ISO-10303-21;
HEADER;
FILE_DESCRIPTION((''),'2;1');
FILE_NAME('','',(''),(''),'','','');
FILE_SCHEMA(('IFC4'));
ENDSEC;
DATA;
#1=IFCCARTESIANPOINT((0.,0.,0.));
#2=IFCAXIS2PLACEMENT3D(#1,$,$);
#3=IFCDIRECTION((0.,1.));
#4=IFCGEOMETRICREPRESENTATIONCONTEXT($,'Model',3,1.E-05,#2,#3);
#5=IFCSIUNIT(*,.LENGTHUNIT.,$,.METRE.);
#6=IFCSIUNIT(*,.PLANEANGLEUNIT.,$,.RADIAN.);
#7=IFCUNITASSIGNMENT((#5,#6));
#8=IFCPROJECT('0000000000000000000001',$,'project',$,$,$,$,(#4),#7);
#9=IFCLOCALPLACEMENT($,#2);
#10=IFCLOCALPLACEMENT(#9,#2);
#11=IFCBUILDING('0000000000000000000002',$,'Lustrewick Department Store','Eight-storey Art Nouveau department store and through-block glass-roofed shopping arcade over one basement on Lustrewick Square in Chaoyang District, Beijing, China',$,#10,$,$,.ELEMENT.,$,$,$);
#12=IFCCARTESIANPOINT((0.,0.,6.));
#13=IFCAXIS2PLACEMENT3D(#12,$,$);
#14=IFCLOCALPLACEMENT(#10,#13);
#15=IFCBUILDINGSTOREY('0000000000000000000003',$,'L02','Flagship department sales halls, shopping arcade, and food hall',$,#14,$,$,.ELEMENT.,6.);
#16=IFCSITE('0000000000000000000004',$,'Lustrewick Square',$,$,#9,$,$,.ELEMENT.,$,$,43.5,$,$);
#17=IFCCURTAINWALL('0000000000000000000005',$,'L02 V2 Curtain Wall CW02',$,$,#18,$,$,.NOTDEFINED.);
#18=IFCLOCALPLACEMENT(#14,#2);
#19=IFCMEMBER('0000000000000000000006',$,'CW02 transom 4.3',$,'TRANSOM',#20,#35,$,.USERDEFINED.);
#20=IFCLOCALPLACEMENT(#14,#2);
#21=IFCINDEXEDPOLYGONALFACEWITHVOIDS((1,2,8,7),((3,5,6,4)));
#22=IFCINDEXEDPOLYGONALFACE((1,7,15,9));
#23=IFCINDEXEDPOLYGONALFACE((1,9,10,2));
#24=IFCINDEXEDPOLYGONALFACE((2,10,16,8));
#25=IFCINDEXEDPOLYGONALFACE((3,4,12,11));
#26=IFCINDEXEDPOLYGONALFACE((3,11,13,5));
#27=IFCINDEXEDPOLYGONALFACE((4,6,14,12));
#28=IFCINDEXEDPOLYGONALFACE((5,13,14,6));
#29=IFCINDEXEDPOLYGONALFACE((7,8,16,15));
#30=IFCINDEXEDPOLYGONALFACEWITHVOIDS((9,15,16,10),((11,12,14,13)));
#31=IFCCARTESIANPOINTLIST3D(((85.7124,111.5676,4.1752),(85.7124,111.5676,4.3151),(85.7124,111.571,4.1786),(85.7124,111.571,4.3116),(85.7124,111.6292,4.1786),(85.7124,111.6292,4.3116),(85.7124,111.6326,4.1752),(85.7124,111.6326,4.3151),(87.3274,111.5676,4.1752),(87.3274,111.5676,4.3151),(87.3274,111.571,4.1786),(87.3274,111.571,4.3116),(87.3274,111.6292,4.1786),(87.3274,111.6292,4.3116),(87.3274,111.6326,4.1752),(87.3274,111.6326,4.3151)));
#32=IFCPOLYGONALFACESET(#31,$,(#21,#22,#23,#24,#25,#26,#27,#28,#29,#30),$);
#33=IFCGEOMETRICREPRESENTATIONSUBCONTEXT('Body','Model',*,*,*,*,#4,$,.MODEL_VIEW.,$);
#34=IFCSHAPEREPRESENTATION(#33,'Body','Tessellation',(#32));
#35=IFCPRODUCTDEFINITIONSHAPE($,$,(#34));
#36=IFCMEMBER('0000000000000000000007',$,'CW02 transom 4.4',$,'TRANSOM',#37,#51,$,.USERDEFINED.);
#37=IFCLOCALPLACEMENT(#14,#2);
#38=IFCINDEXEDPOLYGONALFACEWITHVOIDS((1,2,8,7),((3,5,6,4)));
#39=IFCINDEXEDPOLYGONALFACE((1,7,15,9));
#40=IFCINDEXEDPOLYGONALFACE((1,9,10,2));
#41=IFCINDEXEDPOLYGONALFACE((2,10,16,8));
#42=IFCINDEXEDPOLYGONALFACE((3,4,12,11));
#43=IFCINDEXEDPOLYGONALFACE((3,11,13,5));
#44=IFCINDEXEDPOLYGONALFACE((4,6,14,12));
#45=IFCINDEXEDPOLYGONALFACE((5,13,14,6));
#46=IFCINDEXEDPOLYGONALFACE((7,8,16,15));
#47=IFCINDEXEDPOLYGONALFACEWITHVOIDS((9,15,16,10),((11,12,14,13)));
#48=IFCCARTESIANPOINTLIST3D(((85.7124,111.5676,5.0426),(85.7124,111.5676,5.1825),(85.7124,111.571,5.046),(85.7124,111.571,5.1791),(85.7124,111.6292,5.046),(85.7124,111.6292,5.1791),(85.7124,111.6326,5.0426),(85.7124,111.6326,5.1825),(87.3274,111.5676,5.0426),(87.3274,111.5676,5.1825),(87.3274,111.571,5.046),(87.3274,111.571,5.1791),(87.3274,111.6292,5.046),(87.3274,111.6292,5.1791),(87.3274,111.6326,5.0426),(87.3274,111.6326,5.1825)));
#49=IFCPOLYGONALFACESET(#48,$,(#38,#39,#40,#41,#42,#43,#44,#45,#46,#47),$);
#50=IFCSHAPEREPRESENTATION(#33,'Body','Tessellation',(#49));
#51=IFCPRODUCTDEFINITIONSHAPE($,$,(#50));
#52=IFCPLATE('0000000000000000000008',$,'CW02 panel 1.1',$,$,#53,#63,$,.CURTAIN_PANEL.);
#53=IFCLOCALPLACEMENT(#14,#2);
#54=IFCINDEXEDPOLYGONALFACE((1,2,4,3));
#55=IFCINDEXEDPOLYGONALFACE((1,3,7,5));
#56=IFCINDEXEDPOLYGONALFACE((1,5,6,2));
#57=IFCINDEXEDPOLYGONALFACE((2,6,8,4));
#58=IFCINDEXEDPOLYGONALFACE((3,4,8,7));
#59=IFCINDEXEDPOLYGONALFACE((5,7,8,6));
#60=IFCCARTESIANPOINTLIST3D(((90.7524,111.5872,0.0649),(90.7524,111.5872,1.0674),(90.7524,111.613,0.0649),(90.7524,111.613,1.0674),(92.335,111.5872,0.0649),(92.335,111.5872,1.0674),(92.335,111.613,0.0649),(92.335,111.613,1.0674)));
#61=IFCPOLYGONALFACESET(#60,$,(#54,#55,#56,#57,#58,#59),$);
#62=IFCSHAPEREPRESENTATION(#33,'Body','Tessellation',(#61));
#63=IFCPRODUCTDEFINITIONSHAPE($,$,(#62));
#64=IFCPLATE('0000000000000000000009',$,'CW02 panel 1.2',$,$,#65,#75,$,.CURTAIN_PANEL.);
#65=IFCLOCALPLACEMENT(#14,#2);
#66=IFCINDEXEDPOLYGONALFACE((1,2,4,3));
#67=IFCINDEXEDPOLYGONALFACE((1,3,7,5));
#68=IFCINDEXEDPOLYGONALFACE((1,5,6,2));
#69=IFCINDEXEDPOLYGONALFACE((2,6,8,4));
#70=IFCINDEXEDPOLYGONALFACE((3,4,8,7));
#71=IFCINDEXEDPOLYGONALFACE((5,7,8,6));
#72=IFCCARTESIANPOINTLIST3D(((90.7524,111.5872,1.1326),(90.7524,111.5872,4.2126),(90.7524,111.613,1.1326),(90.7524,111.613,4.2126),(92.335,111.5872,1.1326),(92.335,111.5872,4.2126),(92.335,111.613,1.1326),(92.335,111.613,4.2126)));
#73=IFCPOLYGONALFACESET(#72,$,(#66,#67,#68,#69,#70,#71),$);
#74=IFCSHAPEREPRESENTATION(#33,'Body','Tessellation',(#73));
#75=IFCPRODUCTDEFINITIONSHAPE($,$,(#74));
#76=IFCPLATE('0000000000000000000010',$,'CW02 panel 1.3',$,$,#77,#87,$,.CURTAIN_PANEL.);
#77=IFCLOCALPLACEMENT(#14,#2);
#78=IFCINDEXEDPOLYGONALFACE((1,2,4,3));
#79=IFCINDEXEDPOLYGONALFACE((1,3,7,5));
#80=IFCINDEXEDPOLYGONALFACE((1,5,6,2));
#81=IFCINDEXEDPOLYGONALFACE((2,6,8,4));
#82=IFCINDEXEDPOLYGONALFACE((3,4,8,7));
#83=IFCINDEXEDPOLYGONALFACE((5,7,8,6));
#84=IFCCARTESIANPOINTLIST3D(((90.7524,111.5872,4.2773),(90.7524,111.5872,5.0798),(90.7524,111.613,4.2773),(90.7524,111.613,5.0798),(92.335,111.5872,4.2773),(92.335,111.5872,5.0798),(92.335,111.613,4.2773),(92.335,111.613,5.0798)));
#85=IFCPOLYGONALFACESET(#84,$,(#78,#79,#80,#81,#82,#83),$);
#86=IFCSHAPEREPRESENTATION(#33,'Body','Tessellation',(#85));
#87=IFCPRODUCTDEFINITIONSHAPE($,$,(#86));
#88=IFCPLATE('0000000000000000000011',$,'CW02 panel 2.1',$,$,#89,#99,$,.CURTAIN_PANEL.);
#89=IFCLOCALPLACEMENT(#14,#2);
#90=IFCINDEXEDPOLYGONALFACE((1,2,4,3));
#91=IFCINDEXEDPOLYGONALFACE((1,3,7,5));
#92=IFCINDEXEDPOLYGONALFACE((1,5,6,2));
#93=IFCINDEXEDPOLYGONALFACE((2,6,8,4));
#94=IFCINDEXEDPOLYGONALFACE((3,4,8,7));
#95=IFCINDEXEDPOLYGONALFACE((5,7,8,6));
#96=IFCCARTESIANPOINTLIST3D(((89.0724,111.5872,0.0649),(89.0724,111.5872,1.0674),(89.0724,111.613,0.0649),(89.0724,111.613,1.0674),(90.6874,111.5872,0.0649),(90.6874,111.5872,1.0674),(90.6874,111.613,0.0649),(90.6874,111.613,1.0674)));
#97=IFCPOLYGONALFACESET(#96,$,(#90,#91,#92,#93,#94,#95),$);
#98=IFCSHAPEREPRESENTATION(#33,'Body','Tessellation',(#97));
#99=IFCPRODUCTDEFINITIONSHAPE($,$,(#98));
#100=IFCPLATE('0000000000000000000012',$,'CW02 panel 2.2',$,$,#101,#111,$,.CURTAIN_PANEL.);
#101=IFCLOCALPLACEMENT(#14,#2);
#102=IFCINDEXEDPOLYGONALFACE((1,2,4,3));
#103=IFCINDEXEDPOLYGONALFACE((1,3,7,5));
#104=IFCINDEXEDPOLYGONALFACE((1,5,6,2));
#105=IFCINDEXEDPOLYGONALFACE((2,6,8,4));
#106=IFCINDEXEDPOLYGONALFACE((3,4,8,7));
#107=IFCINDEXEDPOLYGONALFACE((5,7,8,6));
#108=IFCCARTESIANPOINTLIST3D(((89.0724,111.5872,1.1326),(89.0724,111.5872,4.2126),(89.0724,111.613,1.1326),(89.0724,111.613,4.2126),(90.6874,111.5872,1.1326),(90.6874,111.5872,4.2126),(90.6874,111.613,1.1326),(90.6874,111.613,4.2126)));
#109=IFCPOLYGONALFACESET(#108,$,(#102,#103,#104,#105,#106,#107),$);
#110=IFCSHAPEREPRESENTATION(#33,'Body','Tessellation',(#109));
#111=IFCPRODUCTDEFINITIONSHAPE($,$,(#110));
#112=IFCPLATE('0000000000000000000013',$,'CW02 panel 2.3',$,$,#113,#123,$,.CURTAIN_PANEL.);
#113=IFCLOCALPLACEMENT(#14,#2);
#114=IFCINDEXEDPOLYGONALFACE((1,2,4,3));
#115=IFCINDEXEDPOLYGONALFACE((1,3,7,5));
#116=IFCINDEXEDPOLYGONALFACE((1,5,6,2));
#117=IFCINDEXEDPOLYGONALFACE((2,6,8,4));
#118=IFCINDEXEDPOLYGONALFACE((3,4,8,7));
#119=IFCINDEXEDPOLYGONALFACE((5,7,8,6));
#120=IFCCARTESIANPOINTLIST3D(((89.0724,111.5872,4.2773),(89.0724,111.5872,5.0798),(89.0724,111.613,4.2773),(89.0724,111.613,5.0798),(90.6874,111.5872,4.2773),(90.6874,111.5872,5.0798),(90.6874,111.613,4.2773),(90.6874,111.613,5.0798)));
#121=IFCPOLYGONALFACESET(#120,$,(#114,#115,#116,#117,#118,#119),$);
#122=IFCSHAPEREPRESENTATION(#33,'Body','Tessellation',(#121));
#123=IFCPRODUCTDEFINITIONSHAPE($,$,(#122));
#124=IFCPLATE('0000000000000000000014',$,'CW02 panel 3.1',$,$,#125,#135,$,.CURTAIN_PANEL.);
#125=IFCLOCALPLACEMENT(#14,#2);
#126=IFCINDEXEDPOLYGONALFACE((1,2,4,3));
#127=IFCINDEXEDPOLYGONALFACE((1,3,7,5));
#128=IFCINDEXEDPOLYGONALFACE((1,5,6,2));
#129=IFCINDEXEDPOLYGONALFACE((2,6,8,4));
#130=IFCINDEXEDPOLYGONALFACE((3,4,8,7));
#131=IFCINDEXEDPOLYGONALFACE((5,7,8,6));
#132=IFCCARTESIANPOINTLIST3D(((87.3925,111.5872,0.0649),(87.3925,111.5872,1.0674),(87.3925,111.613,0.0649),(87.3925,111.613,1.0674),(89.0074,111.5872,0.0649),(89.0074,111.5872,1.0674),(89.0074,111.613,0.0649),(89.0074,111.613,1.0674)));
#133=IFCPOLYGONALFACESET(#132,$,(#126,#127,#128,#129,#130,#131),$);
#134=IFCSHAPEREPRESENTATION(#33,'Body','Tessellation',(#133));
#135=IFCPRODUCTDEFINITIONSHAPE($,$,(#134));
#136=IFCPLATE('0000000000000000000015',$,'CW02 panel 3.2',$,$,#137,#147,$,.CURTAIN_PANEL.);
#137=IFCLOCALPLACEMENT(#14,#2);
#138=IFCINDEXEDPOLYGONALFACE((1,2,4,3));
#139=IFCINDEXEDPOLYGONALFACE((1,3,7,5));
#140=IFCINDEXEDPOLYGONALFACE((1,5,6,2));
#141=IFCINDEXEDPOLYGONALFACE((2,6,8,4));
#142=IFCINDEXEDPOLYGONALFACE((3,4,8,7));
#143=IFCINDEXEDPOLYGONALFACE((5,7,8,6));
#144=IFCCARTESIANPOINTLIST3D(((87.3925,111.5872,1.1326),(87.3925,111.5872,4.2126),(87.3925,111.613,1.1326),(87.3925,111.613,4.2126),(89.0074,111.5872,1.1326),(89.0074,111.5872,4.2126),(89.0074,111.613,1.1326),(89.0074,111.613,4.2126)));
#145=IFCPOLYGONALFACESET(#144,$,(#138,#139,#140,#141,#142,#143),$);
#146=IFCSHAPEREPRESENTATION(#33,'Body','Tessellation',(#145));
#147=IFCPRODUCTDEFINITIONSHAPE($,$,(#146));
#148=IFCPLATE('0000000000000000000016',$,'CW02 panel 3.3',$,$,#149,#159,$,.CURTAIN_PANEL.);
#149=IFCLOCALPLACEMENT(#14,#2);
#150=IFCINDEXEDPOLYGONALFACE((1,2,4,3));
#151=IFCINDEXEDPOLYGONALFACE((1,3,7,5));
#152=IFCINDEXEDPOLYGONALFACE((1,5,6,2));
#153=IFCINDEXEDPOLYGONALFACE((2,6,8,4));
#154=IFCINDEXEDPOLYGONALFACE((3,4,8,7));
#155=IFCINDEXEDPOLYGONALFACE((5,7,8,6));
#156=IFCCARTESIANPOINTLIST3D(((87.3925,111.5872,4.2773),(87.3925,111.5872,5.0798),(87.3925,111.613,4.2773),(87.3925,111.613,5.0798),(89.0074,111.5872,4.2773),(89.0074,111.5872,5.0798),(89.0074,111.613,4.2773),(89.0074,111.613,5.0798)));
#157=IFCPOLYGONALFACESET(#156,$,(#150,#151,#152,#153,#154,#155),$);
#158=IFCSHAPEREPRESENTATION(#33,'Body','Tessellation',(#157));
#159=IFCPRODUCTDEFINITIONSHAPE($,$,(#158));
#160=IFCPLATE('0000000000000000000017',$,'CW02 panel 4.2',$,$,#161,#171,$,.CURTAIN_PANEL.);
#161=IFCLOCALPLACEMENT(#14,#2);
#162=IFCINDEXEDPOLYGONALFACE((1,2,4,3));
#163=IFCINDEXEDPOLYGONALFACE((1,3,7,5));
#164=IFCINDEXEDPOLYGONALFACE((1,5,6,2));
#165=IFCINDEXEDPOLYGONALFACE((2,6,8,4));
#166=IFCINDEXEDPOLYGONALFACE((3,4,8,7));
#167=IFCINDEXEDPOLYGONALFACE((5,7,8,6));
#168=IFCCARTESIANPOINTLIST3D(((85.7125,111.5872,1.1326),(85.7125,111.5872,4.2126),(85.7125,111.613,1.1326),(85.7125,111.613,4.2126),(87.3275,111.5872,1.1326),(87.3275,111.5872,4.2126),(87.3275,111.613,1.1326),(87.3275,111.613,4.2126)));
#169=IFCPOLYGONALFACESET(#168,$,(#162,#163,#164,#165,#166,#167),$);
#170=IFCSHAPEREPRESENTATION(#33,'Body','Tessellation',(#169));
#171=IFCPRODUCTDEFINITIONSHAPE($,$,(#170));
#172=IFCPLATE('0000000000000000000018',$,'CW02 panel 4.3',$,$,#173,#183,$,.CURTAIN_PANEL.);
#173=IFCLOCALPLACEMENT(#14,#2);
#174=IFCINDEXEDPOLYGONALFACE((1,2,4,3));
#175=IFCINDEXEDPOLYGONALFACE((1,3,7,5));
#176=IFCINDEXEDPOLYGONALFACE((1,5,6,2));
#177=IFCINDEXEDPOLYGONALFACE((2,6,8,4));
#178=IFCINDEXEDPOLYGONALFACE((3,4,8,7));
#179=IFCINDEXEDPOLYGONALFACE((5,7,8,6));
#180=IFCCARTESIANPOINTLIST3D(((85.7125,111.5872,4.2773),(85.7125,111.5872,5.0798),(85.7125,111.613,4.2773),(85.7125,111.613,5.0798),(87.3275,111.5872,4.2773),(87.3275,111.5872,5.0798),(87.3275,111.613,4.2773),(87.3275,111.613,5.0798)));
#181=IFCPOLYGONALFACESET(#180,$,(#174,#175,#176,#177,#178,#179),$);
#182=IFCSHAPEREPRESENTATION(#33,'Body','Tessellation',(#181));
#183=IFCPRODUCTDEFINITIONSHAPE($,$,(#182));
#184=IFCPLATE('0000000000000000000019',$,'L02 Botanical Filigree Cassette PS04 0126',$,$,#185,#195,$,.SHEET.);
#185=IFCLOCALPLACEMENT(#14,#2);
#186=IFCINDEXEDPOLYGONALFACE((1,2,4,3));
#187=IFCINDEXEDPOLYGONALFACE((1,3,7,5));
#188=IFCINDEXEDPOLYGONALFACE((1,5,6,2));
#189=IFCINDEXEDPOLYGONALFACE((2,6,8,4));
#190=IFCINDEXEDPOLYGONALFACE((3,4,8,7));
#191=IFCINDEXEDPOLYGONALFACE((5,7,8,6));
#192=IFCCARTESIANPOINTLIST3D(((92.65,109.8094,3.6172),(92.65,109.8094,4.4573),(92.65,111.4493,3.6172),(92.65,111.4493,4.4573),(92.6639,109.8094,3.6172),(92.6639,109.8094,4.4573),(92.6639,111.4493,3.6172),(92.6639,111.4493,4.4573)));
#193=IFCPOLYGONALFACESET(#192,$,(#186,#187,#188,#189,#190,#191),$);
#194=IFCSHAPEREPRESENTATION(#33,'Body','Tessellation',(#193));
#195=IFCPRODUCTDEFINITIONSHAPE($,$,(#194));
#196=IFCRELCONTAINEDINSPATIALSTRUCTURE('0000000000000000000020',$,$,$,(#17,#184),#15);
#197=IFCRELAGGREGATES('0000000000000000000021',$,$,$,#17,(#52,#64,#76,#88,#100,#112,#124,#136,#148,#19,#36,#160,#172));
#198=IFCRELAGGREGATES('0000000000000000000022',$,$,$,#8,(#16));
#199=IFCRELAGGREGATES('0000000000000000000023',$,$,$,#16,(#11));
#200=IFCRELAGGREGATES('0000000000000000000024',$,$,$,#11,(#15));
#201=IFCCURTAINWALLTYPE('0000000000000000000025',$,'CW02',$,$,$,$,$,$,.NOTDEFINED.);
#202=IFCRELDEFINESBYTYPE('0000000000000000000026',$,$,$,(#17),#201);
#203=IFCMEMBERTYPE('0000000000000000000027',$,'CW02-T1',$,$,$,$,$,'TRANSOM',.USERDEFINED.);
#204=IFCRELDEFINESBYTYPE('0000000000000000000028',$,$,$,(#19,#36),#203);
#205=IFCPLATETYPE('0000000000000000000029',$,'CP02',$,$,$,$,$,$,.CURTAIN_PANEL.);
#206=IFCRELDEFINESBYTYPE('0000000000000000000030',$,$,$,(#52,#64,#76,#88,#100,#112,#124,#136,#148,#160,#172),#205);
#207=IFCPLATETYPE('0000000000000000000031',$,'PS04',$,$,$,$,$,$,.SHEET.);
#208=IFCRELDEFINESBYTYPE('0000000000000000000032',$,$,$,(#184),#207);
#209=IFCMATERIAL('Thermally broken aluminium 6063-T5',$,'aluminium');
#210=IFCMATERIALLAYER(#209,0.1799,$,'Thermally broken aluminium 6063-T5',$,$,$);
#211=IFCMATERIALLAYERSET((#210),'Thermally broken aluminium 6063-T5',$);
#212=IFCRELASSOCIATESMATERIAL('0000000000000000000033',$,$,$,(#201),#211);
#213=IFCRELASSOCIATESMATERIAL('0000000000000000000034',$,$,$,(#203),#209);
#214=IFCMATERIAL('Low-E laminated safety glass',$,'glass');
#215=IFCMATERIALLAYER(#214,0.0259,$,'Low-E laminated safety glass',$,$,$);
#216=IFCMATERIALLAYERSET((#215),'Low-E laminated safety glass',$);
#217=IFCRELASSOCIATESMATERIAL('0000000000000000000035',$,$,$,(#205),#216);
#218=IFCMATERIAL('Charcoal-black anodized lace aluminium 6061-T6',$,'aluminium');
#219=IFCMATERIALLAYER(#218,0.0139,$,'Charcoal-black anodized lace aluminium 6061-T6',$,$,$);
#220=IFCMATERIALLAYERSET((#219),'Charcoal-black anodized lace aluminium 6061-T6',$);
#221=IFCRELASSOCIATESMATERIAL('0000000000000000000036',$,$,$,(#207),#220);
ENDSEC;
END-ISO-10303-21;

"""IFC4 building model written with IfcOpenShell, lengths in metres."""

from ifc_helpers import new_model, si_unit, direction, frame, origin, origin_2d, place, context, subcontext, project, spatial, rectangle, hollow_rectangle, extrude, material, layer, layer_set, material_profile, profile_set, type_object, element, aggregate, save


model = new_model("IFC4")

# Units and contexts
model_context = context("Model", 3, precision=1e-05, world=origin(), true_north=direction((0.0, 1.0)))
body_context = subcontext(model_context, "Body", "Model", "MODEL_VIEW")
ifc_project = project(units=[si_unit("LENGTHUNIT", "METRE"), si_unit("PLANEANGLEUNIT", "RADIAN")], contexts=[model_context])

# Site, building, storey
site_placement = place(None, origin())
site = spatial("IfcSite", under=ifc_project, at=site_placement, Name="Lustrewick Square", CompositionType="ELEMENT", RefElevation=43.5)
building_placement = place(site_placement, origin())
building = spatial("IfcBuilding", under=site, at=building_placement, Name="Lustrewick Department Store", Description="Eight-storey Art Nouveau department store and through-block glass-roofed shopping arcade over one basement on Lustrewick Square in Chaoyang District, Beijing, China", CompositionType="ELEMENT")
storey_placement = place(building_placement, frame((0.0, 0.0, 6.0)))
storey = spatial("IfcBuildingStorey", under=building, at=storey_placement, Name="L02", Description="Flagship department sales halls, shopping arcade, and food hall", CompositionType="ELEMENT", Elevation=6.0)

# Curtain wall, members, plates
ifc_material_1 = material(Name="Thermally broken aluminium 6063-T5", Category="aluminium")
ifc_layer_1 = layer(ifc_material_1, 0.1799, Name="Thermally broken aluminium 6063-T5")
ifc_layer_set_1 = layer_set([ifc_layer_1], Name="Thermally broken aluminium 6063-T5")
curtain_wall_type = type_object("IfcCurtainWallType", Name="CW02", PredefinedType="NOTDEFINED", material=ifc_layer_set_1)
curtain_wall_placement = place(storey_placement, origin())
curtain_wall = element("IfcCurtainWall", 1, at=curtain_wall_placement, inside=storey, type_object=curtain_wall_type, Name="L02 V2 Curtain Wall CW02", PredefinedType="NOTDEFINED")
ifc_material_profile_1 = material_profile(ifc_material_1, hollow_rectangle(XDim=0.0649, YDim=0.1399, WallThickness=0.0034, at=origin_2d()), Name="ALU-T 65x140x3.5")
ifc_profile_set_1 = profile_set([ifc_material_profile_1], Name="Thermally broken aluminium 6063-T5")
member_type_1 = type_object("IfcMemberType", Name="CW02-T1", ElementType="TRANSOM", PredefinedType="USERDEFINED", material=ifc_profile_set_1)
member_1_placement = place(storey_placement, frame((87.3274, 111.6001, 4.2451), z_axis=(-1.0, 0.0, 0.0), x_axis=(0.0, -1.0, 0.0)))
member_1 = element("IfcMember", 2, at=member_1_placement, type_object=member_type_1, Name="CW02 transom 4.3", ObjectType="TRANSOM", PredefinedType="USERDEFINED", context=body_context, shape_type="SweptSolid", body=[
    extrude(hollow_rectangle(XDim=0.0649, YDim=0.1399, WallThickness=0.0034, at=origin_2d()), origin(), (0.0, 0.0, 1.0), 1.615),
])
member_2_placement = place(storey_placement, frame((87.3274, 111.6001, 5.1125), z_axis=(-1.0, 0.0, 0.0), x_axis=(0.0, -1.0, 0.0)))
member_2 = element("IfcMember", 3, at=member_2_placement, type_object=member_type_1, Name="CW02 transom 4.4", ObjectType="TRANSOM", PredefinedType="USERDEFINED", context=body_context, shape_type="SweptSolid", body=[
    extrude(hollow_rectangle(XDim=0.0649, YDim=0.1399, WallThickness=0.0034, at=origin_2d()), origin(), (0.0, 0.0, 1.0), 1.615),
])
ifc_material_2 = material(Name="Low-E laminated safety glass", Category="glass")
ifc_layer_2 = layer(ifc_material_2, 0.0259, Name="Low-E laminated safety glass")
ifc_layer_set_2 = layer_set([ifc_layer_2], Name="Low-E laminated safety glass")
plate_type_1 = type_object("IfcPlateType", Name="CP02", PredefinedType="CURTAIN_PANEL", material=ifc_layer_set_2)
plate_1_placement = place(storey_placement, frame((91.5437, 111.6001, 0.0649), z_axis=(0.0, 0.0, 1.0), x_axis=(-1.0, 0.0, 0.0)))
plate_1 = element("IfcPlate", 4, at=plate_1_placement, type_object=plate_type_1, Name="CW02 panel 1.1", PredefinedType="CURTAIN_PANEL", context=body_context, shape_type="SweptSolid", body=[
    extrude(rectangle(XDim=1.5825, YDim=0.0259, at=origin_2d()), origin(), (0.0, 0.0, 1.0), 1.0024),
])
plate_2_placement = place(storey_placement, frame((91.5437, 111.6001, 1.1326), z_axis=(0.0, 0.0, 1.0), x_axis=(-1.0, 0.0, 0.0)))
plate_2 = element("IfcPlate", 5, at=plate_2_placement, type_object=plate_type_1, Name="CW02 panel 1.2", PredefinedType="CURTAIN_PANEL", context=body_context, shape_type="SweptSolid", body=[
    extrude(rectangle(XDim=1.5825, YDim=0.0259, at=origin_2d()), origin(), (0.0, 0.0, 1.0), 3.0801),
])
plate_3_placement = place(storey_placement, frame((91.5437, 111.6001, 4.2773), z_axis=(0.0, 0.0, 1.0), x_axis=(-1.0, 0.0, 0.0)))
plate_3 = element("IfcPlate", 6, at=plate_3_placement, type_object=plate_type_1, Name="CW02 panel 1.3", PredefinedType="CURTAIN_PANEL", context=body_context, shape_type="SweptSolid", body=[
    extrude(rectangle(XDim=1.5825, YDim=0.0259, at=origin_2d()), origin(), (0.0, 0.0, 1.0), 0.8025),
])
plate_4_placement = place(storey_placement, frame((89.8799, 111.6001, 0.0649), z_axis=(0.0, 0.0, 1.0), x_axis=(-1.0, 0.0, 0.0)))
plate_4 = element("IfcPlate", 7, at=plate_4_placement, type_object=plate_type_1, Name="CW02 panel 2.1", PredefinedType="CURTAIN_PANEL", context=body_context, shape_type="SweptSolid", body=[
    extrude(rectangle(XDim=1.615, YDim=0.0259, at=origin_2d()), origin(), (0.0, 0.0, 1.0), 1.0024),
])
plate_5_placement = place(storey_placement, frame((89.8799, 111.6001, 1.1326), z_axis=(0.0, 0.0, 1.0), x_axis=(-1.0, 0.0, 0.0)))
plate_5 = element("IfcPlate", 8, at=plate_5_placement, type_object=plate_type_1, Name="CW02 panel 2.2", PredefinedType="CURTAIN_PANEL", context=body_context, shape_type="SweptSolid", body=[
    extrude(rectangle(XDim=1.615, YDim=0.0259, at=origin_2d()), origin(), (0.0, 0.0, 1.0), 3.0801),
])
plate_6_placement = place(storey_placement, frame((89.8799, 111.6001, 4.2773), z_axis=(0.0, 0.0, 1.0), x_axis=(-1.0, 0.0, 0.0)))
plate_6 = element("IfcPlate", 9, at=plate_6_placement, type_object=plate_type_1, Name="CW02 panel 2.3", PredefinedType="CURTAIN_PANEL", context=body_context, shape_type="SweptSolid", body=[
    extrude(rectangle(XDim=1.615, YDim=0.0259, at=origin_2d()), origin(), (0.0, 0.0, 1.0), 0.8025),
])
plate_7_placement = place(storey_placement, frame((88.2, 111.6001, 0.0649), z_axis=(0.0, 0.0, 1.0), x_axis=(-1.0, 0.0, 0.0)))
plate_7 = element("IfcPlate", 10, at=plate_7_placement, type_object=plate_type_1, Name="CW02 panel 3.1", PredefinedType="CURTAIN_PANEL", context=body_context, shape_type="SweptSolid", body=[
    extrude(rectangle(XDim=1.615, YDim=0.0259, at=origin_2d()), origin(), (0.0, 0.0, 1.0), 1.0024),
])
plate_8_placement = place(storey_placement, frame((88.2, 111.6001, 1.1326), z_axis=(0.0, 0.0, 1.0), x_axis=(-1.0, 0.0, 0.0)))
plate_8 = element("IfcPlate", 11, at=plate_8_placement, type_object=plate_type_1, Name="CW02 panel 3.2", PredefinedType="CURTAIN_PANEL", context=body_context, shape_type="SweptSolid", body=[
    extrude(rectangle(XDim=1.615, YDim=0.0259, at=origin_2d()), origin(), (0.0, 0.0, 1.0), 3.0801),
])
plate_9_placement = place(storey_placement, frame((88.2, 111.6001, 4.2773), z_axis=(0.0, 0.0, 1.0), x_axis=(-1.0, 0.0, 0.0)))
plate_9 = element("IfcPlate", 12, at=plate_9_placement, type_object=plate_type_1, Name="CW02 panel 3.3", PredefinedType="CURTAIN_PANEL", context=body_context, shape_type="SweptSolid", body=[
    extrude(rectangle(XDim=1.615, YDim=0.0259, at=origin_2d()), origin(), (0.0, 0.0, 1.0), 0.8025),
])
plate_10_placement = place(storey_placement, frame((86.52, 111.6001, 1.1326), z_axis=(0.0, 0.0, 1.0), x_axis=(-1.0, 0.0, 0.0)))
plate_10 = element("IfcPlate", 13, at=plate_10_placement, type_object=plate_type_1, Name="CW02 panel 4.2", PredefinedType="CURTAIN_PANEL", context=body_context, shape_type="SweptSolid", body=[
    extrude(rectangle(XDim=1.615, YDim=0.0259, at=origin_2d()), origin(), (0.0, 0.0, 1.0), 3.0801),
])
plate_11_placement = place(storey_placement, frame((86.52, 111.6001, 4.2773), z_axis=(0.0, 0.0, 1.0), x_axis=(-1.0, 0.0, 0.0)))
plate_11 = element("IfcPlate", 14, at=plate_11_placement, type_object=plate_type_1, Name="CW02 panel 4.3", PredefinedType="CURTAIN_PANEL", context=body_context, shape_type="SweptSolid", body=[
    extrude(rectangle(XDim=1.615, YDim=0.0259, at=origin_2d()), origin(), (0.0, 0.0, 1.0), 0.8025),
])
aggregate(curtain_wall, [plate_1, plate_2, plate_3, plate_4, plate_5, plate_6, plate_7, plate_8, plate_9, member_1, member_2, plate_10, plate_11])

# Plate
ifc_material_3 = material(Name="Charcoal-black anodized lace aluminium 6061-T6", Category="aluminium")
ifc_layer_3 = layer(ifc_material_3, 0.0139, Name="Charcoal-black anodized lace aluminium 6061-T6")
ifc_layer_set_3 = layer_set([ifc_layer_3], Name="Charcoal-black anodized lace aluminium 6061-T6")
plate_type_2 = type_object("IfcPlateType", Name="PS04", PredefinedType="SHEET", material=ifc_layer_set_3)
plate_12_placement = place(storey_placement, frame((92.657, 110.6294, 3.6172), z_axis=(0.0, 0.0, 1.0), x_axis=(0.0, 1.0, 0.0)))
element("IfcPlate", 15, at=plate_12_placement, inside=storey, type_object=plate_type_2, Name="L02 Botanical Filigree Cassette PS04 0126", PredefinedType="SHEET", context=body_context, shape_type="SweptSolid", body=[
    extrude(rectangle(XDim=1.6399, YDim=0.0139, at=origin_2d()), origin(), (0.0, 0.0, 1.0), 0.8401),
])

save(model, "model.ifc")
